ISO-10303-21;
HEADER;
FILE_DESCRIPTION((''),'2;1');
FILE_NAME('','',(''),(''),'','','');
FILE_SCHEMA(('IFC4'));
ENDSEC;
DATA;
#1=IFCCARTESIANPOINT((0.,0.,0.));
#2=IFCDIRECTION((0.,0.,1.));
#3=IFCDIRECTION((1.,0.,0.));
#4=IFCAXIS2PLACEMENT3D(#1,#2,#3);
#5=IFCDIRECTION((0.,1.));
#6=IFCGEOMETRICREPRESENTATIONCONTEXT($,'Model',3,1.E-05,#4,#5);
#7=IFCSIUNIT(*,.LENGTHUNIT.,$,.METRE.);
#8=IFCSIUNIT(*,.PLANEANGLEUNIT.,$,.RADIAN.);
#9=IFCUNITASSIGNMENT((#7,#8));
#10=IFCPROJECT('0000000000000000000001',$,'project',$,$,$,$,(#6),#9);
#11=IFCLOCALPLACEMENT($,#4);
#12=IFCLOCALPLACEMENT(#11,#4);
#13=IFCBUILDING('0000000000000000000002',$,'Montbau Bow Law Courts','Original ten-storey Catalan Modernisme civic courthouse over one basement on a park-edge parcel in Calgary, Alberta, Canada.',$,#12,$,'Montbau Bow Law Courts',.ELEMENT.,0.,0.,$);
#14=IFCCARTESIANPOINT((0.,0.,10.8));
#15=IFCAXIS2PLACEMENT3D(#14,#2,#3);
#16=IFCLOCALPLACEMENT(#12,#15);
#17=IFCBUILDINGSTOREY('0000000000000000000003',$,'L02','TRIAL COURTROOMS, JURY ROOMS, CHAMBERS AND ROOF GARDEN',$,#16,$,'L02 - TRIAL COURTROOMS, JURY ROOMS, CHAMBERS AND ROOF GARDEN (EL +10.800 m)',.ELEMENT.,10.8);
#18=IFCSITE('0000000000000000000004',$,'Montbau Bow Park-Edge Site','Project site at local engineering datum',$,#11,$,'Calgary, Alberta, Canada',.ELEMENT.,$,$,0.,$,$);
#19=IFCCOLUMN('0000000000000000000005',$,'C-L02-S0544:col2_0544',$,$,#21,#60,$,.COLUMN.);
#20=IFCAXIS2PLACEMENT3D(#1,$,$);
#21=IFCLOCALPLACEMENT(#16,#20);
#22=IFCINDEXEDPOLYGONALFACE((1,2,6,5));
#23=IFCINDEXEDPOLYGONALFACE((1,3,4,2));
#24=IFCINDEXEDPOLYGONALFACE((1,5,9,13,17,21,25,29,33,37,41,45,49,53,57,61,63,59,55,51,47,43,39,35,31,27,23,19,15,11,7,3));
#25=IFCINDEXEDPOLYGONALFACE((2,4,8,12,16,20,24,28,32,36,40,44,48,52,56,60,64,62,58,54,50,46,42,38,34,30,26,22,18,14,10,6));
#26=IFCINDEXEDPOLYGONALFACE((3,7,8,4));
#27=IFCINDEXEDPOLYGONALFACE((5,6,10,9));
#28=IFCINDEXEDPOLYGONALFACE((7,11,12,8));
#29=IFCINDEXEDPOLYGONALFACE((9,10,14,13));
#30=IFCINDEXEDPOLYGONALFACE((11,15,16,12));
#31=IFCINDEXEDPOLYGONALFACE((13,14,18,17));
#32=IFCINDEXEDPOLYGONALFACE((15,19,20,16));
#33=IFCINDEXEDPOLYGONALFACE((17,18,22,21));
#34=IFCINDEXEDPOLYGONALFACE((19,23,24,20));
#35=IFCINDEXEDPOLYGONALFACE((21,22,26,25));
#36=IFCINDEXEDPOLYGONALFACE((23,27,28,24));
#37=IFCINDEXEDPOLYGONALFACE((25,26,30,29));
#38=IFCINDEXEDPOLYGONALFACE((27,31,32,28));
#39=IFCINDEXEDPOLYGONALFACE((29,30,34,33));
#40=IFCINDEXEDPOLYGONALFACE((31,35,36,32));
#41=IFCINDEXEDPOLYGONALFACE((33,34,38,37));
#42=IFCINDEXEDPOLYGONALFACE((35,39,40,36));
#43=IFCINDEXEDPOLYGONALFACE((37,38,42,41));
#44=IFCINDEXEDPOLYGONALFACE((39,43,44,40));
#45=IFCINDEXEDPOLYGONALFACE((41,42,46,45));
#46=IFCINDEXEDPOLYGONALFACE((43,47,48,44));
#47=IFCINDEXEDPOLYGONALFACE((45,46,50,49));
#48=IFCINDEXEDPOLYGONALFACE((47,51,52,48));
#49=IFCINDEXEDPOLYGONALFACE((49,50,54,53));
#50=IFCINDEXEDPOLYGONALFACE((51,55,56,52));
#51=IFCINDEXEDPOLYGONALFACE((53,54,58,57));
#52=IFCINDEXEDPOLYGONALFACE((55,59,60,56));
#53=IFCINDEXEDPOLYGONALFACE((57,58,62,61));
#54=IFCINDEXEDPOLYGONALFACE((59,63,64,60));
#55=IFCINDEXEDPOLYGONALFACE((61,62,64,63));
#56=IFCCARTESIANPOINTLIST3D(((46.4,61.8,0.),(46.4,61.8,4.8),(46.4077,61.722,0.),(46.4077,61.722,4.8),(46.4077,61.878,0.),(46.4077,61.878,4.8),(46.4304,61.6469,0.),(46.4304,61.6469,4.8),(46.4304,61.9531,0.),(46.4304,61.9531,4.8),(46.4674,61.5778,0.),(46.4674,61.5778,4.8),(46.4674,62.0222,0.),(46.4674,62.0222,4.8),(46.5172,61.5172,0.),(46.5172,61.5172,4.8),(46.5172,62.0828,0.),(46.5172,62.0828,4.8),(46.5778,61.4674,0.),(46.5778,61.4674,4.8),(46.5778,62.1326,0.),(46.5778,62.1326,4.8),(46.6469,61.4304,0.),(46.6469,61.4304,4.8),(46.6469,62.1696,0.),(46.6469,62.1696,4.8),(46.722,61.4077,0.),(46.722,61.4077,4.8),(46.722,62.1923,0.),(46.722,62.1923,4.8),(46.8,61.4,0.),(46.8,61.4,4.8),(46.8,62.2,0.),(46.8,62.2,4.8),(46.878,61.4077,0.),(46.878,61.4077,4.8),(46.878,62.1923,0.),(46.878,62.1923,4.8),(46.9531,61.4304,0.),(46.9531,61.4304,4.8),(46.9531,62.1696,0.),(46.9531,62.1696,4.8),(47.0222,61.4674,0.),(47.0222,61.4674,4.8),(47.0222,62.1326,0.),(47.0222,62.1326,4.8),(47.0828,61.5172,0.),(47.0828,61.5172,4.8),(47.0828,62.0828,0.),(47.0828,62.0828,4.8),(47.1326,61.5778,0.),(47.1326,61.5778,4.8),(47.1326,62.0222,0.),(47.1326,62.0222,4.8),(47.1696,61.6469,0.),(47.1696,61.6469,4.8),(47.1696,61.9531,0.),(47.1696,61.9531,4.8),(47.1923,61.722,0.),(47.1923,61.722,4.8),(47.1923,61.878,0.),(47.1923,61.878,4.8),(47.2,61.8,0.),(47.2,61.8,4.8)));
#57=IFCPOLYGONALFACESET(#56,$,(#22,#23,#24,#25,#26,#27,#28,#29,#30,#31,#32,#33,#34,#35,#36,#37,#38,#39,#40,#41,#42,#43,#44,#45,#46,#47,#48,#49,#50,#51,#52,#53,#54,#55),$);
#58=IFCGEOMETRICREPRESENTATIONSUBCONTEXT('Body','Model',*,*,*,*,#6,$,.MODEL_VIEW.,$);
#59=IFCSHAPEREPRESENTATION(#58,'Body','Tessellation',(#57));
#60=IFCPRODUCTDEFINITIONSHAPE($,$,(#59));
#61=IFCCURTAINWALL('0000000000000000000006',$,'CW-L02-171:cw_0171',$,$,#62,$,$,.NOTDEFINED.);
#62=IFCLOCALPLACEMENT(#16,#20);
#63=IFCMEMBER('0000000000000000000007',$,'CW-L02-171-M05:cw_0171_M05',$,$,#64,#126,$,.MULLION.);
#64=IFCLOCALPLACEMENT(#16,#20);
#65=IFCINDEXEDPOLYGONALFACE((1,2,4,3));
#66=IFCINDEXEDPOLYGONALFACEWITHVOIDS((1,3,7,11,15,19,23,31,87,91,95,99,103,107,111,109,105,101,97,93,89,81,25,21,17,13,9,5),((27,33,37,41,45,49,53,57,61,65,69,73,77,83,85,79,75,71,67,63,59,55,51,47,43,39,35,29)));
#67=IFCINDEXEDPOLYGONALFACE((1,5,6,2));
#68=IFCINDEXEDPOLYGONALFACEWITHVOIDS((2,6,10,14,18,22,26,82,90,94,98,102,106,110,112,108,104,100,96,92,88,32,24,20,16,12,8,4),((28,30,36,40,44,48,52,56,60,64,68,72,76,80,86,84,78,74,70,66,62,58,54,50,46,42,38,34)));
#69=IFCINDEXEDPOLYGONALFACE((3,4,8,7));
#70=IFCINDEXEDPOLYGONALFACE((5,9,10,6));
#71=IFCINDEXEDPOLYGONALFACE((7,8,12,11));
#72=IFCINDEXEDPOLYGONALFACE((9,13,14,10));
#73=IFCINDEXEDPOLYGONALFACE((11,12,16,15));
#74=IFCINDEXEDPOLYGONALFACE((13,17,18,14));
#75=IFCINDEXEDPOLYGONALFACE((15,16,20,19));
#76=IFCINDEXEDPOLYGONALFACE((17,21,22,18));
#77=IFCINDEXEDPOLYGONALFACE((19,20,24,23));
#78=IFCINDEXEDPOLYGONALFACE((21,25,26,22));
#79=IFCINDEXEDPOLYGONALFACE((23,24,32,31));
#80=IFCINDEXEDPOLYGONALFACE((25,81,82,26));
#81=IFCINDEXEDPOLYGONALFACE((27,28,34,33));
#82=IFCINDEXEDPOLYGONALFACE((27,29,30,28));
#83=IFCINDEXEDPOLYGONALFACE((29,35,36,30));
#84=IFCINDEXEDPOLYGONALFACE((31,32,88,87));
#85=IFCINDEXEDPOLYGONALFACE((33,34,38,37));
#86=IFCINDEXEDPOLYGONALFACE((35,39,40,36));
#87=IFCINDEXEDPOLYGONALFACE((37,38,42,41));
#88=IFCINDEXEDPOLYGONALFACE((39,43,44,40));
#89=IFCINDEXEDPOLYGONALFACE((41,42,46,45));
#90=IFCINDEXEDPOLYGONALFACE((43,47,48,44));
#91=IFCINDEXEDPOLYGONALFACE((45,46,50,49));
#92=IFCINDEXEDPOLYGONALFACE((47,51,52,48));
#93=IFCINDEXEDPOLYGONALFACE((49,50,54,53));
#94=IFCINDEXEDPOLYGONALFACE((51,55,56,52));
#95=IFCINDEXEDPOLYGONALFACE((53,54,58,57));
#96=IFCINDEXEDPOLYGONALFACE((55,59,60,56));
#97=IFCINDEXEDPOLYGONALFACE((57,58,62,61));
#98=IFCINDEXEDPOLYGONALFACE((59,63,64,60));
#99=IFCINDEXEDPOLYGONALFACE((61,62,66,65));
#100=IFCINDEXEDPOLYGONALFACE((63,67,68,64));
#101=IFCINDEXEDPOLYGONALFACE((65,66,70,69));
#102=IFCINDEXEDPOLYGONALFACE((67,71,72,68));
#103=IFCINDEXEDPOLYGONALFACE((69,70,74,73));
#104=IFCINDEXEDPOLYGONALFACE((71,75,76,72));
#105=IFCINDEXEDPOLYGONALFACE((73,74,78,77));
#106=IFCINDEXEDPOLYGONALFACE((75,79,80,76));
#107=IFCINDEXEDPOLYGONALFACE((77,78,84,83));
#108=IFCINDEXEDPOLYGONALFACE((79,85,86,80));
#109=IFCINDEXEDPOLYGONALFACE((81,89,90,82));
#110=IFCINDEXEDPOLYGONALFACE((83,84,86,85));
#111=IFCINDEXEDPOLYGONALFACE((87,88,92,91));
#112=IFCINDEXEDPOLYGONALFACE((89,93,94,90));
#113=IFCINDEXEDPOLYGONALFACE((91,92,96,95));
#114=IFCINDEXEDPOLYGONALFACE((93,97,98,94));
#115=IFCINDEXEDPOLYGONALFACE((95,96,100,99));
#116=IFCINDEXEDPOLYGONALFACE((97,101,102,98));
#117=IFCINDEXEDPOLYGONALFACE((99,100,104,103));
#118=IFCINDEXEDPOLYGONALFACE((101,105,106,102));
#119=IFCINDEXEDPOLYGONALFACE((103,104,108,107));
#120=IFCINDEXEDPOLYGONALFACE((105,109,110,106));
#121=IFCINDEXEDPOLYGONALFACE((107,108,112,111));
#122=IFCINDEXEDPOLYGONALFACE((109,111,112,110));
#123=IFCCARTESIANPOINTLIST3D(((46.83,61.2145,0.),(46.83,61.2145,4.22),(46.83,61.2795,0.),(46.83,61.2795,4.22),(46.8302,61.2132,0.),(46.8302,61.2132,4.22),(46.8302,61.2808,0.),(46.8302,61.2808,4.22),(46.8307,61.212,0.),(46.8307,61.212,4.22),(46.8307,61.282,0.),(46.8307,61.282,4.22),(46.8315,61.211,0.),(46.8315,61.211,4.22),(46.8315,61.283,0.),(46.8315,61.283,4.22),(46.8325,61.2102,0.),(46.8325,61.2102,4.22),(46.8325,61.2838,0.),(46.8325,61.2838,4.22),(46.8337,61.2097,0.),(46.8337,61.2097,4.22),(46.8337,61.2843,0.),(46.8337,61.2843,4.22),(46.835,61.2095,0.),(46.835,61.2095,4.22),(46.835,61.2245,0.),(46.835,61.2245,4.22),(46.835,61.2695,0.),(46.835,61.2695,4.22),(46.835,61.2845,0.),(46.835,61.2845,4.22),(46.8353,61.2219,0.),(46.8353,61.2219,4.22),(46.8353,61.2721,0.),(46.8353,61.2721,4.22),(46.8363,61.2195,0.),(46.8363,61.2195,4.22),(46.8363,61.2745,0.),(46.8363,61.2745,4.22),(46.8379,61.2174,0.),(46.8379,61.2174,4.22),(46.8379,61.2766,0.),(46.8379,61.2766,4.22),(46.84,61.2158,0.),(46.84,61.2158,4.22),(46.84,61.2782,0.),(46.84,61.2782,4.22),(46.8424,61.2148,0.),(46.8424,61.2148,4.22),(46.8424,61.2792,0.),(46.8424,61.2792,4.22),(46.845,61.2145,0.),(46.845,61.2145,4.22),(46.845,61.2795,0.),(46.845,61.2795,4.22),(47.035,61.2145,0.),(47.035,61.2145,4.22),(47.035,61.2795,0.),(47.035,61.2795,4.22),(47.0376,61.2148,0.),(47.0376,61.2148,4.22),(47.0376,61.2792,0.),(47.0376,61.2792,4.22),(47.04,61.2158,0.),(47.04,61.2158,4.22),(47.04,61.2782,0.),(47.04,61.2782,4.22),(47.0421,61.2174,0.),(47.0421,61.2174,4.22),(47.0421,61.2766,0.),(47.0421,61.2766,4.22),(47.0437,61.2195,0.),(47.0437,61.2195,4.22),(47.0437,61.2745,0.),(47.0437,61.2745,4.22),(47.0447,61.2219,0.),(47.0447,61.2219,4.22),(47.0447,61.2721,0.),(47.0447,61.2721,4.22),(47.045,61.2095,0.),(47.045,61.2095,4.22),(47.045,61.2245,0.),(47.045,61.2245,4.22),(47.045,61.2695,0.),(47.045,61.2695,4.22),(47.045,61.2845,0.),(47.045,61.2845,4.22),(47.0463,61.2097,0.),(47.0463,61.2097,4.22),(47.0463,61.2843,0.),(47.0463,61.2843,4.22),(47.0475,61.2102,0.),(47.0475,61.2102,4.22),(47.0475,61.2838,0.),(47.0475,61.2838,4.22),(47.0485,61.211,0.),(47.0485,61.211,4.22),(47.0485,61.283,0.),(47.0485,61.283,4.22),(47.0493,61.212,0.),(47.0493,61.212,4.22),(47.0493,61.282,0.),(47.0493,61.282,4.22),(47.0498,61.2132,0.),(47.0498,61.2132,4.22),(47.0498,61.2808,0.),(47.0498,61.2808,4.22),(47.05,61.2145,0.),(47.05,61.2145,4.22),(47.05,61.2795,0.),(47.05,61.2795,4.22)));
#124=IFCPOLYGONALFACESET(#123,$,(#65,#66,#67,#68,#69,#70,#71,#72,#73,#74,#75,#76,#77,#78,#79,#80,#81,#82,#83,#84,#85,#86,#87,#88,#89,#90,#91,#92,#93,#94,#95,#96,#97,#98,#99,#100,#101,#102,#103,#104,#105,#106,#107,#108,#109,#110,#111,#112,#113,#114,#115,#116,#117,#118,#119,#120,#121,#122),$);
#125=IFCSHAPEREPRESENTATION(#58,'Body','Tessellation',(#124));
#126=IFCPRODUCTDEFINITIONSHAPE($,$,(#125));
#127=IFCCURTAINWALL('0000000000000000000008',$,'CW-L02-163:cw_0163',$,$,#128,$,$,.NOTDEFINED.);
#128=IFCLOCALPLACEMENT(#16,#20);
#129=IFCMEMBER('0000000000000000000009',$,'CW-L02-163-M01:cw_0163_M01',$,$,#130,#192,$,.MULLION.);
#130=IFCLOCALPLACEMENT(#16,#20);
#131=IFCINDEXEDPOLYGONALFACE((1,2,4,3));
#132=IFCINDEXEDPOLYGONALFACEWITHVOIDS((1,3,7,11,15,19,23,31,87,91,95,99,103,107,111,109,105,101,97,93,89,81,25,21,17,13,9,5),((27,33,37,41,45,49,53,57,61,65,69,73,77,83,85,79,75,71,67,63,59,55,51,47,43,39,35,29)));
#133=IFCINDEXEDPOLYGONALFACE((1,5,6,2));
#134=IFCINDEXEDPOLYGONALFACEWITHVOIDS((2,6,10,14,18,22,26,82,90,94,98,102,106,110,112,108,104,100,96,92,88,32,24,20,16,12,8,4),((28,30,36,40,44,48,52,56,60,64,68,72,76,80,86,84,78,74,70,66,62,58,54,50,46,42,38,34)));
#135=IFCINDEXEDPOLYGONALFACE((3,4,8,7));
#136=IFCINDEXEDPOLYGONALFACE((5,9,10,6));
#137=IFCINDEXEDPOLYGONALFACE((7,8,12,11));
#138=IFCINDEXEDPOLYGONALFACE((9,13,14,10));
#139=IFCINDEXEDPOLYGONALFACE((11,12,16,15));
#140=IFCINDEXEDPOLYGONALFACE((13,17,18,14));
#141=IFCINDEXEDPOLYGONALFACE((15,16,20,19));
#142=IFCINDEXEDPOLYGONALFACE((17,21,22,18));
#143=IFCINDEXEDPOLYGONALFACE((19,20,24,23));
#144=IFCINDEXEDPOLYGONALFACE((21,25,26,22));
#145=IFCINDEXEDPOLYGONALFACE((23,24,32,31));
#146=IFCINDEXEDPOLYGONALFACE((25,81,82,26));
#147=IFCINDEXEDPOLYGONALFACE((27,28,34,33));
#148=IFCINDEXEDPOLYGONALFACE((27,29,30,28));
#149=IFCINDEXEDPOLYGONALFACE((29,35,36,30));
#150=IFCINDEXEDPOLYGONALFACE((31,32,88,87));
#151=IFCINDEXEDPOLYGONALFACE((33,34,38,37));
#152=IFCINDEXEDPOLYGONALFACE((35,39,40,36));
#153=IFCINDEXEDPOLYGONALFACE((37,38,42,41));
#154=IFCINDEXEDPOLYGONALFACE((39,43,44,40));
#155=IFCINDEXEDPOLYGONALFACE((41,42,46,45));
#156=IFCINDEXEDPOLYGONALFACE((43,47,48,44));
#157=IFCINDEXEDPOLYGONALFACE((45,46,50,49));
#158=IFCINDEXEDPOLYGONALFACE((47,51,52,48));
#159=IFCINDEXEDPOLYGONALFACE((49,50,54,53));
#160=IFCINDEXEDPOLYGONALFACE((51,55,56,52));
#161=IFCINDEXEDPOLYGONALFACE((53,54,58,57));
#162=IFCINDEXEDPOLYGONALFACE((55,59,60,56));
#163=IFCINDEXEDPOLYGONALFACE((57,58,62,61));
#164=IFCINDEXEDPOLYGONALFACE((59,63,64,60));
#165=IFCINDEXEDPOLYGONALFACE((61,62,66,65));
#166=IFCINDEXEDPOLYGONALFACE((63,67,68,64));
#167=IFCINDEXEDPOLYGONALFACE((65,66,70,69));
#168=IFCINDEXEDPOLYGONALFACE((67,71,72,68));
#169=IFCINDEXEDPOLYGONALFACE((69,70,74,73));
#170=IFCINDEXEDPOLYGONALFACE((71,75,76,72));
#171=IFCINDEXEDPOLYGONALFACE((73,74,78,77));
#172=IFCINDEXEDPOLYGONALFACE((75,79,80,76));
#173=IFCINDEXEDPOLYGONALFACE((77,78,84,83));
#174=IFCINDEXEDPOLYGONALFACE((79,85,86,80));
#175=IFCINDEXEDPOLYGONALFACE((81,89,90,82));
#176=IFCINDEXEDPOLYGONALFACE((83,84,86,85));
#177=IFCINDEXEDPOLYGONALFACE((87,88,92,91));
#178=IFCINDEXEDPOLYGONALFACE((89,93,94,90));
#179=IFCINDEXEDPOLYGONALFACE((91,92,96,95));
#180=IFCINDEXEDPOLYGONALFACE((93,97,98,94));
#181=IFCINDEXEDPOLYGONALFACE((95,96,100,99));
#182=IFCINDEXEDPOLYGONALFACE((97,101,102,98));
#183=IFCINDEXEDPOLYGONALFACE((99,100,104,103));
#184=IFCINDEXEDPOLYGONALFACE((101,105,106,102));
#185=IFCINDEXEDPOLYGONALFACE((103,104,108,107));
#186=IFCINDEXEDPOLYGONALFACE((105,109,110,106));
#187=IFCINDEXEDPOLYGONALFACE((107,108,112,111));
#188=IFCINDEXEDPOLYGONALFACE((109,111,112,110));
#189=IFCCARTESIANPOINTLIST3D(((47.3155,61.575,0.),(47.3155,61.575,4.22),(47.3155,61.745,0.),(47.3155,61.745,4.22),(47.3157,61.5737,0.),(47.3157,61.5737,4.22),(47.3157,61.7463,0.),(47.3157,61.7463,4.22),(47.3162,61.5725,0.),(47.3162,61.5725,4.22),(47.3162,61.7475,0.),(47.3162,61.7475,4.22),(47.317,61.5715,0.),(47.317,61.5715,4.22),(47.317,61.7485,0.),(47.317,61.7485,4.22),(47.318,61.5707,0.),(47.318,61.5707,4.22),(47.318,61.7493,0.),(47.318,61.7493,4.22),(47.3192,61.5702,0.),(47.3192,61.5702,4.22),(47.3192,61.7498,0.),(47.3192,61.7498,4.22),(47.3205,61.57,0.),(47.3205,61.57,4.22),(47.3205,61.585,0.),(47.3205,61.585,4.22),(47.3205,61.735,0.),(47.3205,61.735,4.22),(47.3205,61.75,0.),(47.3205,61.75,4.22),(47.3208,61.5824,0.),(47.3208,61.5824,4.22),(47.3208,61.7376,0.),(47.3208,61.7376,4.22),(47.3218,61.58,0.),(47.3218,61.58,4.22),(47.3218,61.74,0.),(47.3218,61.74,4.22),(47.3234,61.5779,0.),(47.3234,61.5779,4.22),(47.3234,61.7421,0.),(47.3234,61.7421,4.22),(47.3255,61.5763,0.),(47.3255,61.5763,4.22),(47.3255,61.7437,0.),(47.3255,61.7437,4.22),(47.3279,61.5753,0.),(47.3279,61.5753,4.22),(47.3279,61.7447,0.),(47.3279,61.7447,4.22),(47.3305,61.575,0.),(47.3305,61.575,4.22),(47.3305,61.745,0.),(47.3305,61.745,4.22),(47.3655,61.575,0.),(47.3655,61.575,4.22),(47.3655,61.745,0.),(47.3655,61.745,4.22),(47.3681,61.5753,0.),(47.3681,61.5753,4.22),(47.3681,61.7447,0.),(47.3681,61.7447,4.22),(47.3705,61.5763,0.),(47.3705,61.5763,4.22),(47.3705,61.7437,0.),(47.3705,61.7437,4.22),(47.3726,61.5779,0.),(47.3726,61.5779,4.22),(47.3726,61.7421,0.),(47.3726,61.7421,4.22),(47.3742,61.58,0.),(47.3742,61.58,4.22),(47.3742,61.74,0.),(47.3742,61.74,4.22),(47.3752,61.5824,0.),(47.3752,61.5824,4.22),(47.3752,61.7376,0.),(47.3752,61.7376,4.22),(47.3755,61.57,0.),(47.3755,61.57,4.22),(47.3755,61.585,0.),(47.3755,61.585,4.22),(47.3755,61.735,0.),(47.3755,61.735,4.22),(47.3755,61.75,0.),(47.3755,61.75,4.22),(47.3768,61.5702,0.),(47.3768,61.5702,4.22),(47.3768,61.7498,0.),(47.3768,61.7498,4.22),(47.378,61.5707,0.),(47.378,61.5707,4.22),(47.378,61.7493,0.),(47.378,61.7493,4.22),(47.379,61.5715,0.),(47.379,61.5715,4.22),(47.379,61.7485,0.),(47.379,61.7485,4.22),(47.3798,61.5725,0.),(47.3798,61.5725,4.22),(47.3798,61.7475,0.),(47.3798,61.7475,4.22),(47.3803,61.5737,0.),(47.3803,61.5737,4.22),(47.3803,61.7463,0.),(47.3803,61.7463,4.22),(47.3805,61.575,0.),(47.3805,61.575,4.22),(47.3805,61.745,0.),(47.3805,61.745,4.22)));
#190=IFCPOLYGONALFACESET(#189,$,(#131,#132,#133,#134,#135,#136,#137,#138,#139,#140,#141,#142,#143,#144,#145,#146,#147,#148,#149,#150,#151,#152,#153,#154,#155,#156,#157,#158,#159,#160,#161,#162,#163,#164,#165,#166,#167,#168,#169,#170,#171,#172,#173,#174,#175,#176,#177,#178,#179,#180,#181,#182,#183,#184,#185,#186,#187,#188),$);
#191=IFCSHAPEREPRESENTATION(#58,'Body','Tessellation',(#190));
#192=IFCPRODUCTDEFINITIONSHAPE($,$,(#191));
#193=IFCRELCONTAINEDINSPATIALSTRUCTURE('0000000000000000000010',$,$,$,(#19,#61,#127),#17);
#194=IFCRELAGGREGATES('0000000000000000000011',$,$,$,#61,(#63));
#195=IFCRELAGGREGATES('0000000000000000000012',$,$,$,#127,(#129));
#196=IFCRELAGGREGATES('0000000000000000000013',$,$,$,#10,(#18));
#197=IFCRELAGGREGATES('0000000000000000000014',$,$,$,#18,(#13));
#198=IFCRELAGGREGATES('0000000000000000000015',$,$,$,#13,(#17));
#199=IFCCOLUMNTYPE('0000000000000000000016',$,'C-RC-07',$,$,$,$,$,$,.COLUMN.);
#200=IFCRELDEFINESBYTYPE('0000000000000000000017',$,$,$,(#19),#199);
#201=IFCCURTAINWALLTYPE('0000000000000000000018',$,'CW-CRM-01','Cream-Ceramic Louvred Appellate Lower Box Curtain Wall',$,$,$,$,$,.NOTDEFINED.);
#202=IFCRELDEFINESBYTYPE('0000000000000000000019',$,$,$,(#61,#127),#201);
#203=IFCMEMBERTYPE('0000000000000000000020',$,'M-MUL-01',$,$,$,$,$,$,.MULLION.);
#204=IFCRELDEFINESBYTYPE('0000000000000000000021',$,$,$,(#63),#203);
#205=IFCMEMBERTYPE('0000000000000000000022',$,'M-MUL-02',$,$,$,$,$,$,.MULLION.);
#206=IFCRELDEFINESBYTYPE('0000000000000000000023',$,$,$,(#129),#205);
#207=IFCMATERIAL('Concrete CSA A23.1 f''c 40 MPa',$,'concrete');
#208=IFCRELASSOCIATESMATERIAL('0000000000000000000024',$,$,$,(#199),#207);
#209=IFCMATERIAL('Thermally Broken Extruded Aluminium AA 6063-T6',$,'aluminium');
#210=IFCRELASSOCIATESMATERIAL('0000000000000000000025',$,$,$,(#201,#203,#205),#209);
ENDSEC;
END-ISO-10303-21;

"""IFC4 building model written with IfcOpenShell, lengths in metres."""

from ifc_helpers import new_model, si_unit, direction, frame, origin_with_axes, origin_2d_with_axis, place, context, subcontext, project, spatial, hollow_rectangle, circle, extrude, material, material_profile, profile_set, type_object, element, aggregate, save


model = new_model("IFC4")

# Units and contexts
model_context = context("Model", 3, precision=1e-05, world=origin_with_axes(), true_north=direction((0.0, 1.0)))
body_context = subcontext(model_context, "Body", "Model", "MODEL_VIEW")
ifc_project = project(units=[si_unit("LENGTHUNIT", "METRE"), si_unit("PLANEANGLEUNIT", "RADIAN")], contexts=[model_context])

# Site, building, storey
site_placement = place(None, origin_with_axes())
site = spatial("IfcSite", under=ifc_project, at=site_placement, Name="Montbau Bow Park-Edge Site", Description="Project site at local engineering datum", LongName="Calgary, Alberta, Canada", CompositionType="ELEMENT", RefElevation=0.0)
building_placement = place(site_placement, origin_with_axes())
building = spatial("IfcBuilding", under=site, at=building_placement, Name="Montbau Bow Law Courts", Description="Original ten-storey Catalan Modernisme civic courthouse over one basement on a park-edge parcel in Calgary, Alberta, Canada.", LongName="Montbau Bow Law Courts", CompositionType="ELEMENT", ElevationOfRefHeight=0.0, ElevationOfTerrain=0.0)
storey_placement = place(building_placement, frame((0.0, 0.0, 10.8), z_axis=(0.0, 0.0, 1.0), x_axis=(1.0, 0.0, 0.0)))
storey = spatial("IfcBuildingStorey", under=building, at=storey_placement, Name="L02", Description="TRIAL COURTROOMS, JURY ROOMS, CHAMBERS AND ROOF GARDEN", LongName="L02 - TRIAL COURTROOMS, JURY ROOMS, CHAMBERS AND ROOF GARDEN (EL +10.800 m)", CompositionType="ELEMENT", Elevation=10.8)

# Column
ifc_material_1 = material(Name="Concrete CSA A23.1 f'c 40 MPa", Category="concrete")
ifc_material_profile_1 = material_profile(ifc_material_1, circle(Radius=0.4, at=origin_2d_with_axis()), Name="RC800D", Category="Main", Priority=0)
ifc_profile_set_1 = profile_set([ifc_material_profile_1], Name="Concrete CSA A23.1 f'c 40 MPa")
column_type = type_object("IfcColumnType", Name="C-RC-07", PredefinedType="COLUMN", material=ifc_profile_set_1)
column_placement = place(None, frame((46.8, 61.8, 10.8), z_axis=(0.0, 0.0, 1.0), x_axis=(1.0, 0.0, 0.0)))
element("IfcColumn", 1, at=column_placement, inside=storey, type_object=column_type, Name="C-L02-S0544:col2_0544", PredefinedType="COLUMN", context=body_context, shape_type="SweptSolid", body=[
    extrude(circle(Radius=0.4, at=origin_2d_with_axis()), origin_with_axes(), (0.0, 0.0, 1.0), 4.8),
])

# Curtain wall, member
ifc_material_2 = material(Name="Thermally Broken Extruded Aluminium AA 6063-T6", Category="aluminium")
curtain_wall_type = type_object("IfcCurtainWallType", Name="CW-CRM-01", Description="Cream-Ceramic Louvred Appellate Lower Box Curtain Wall", PredefinedType="NOTDEFINED", material=ifc_material_2)
curtain_wall_1_placement = place(None, frame((46.94, 55.115, 10.8), z_axis=(0.0, 0.0, 1.0), x_axis=(1.0, 0.0, 0.0)))
curtain_wall_1 = element("IfcCurtainWall", 2, at=curtain_wall_1_placement, inside=storey, type_object=curtain_wall_type, Name="CW-L02-171:cw_0171", PredefinedType="NOTDEFINED")
ifc_material_profile_2 = material_profile(ifc_material_2, hollow_rectangle(XDim=0.075, YDim=0.22, WallThickness=0.005, InnerFilletRadius=0.01, OuterFilletRadius=0.005, at=origin_2d_with_axis()), Name="CWM-220X75", Category="Main", Priority=0)
ifc_profile_set_2 = profile_set([ifc_material_profile_2], Name="Thermally Broken Extruded Aluminium AA 6063-T6")
member_type_1 = type_object("IfcMemberType", Name="M-MUL-01", PredefinedType="MULLION", material=ifc_profile_set_2)
member_1_placement = place(None, frame((46.94, 61.247, 10.8), z_axis=(0.0, 0.0, 1.0), x_axis=(0.0, 1.0, 0.0)))
member_1 = element("IfcMember", 3, at=member_1_placement, type_object=member_type_1, Name="CW-L02-171-M05:cw_0171_M05", PredefinedType="MULLION", context=body_context, shape_type="SweptSolid", body=[
    extrude(hollow_rectangle(XDim=0.075, YDim=0.22, WallThickness=0.005, InnerFilletRadius=0.01, OuterFilletRadius=0.005, at=origin_2d_with_axis()), origin_with_axes(), (0.0, 0.0, 1.0), 4.22),
])

# Curtain wall, member
curtain_wall_2_placement = place(None, frame((47.315, 61.66, 10.8), z_axis=(0.0, 0.0, 1.0), x_axis=(1.0, 0.0, 0.0)))
curtain_wall_2 = element("IfcCurtainWall", 4, at=curtain_wall_2_placement, inside=storey, type_object=curtain_wall_type, Name="CW-L02-163:cw_0163", PredefinedType="NOTDEFINED")
ifc_material_profile_3 = material_profile(ifc_material_2, hollow_rectangle(XDim=0.065, YDim=0.18, WallThickness=0.005, InnerFilletRadius=0.01, OuterFilletRadius=0.005, at=origin_2d_with_axis()), Name="CWM-180X65", Category="Main", Priority=0)
ifc_profile_set_3 = profile_set([ifc_material_profile_3], Name="Thermally Broken Extruded Aluminium AA 6063-T6")
member_type_2 = type_object("IfcMemberType", Name="M-MUL-02", PredefinedType="MULLION", material=ifc_profile_set_3)
member_2_placement = place(None, frame((47.348, 61.66, 10.8), z_axis=(0.0, 0.0, 1.0), x_axis=(1.0, 0.0, 0.0)))
member_2 = element("IfcMember", 5, at=member_2_placement, type_object=member_type_2, Name="CW-L02-163-M01:cw_0163_M01", PredefinedType="MULLION", context=body_context, shape_type="SweptSolid", body=[
    extrude(hollow_rectangle(XDim=0.065, YDim=0.18, WallThickness=0.005, InnerFilletRadius=0.01, OuterFilletRadius=0.005, at=origin_2d_with_axis()), origin_with_axes(), (0.0, 0.0, 1.0), 4.22),
])

aggregate(curtain_wall_1, [member_1])
aggregate(curtain_wall_2, [member_2])

save(model, "model.ifc")
